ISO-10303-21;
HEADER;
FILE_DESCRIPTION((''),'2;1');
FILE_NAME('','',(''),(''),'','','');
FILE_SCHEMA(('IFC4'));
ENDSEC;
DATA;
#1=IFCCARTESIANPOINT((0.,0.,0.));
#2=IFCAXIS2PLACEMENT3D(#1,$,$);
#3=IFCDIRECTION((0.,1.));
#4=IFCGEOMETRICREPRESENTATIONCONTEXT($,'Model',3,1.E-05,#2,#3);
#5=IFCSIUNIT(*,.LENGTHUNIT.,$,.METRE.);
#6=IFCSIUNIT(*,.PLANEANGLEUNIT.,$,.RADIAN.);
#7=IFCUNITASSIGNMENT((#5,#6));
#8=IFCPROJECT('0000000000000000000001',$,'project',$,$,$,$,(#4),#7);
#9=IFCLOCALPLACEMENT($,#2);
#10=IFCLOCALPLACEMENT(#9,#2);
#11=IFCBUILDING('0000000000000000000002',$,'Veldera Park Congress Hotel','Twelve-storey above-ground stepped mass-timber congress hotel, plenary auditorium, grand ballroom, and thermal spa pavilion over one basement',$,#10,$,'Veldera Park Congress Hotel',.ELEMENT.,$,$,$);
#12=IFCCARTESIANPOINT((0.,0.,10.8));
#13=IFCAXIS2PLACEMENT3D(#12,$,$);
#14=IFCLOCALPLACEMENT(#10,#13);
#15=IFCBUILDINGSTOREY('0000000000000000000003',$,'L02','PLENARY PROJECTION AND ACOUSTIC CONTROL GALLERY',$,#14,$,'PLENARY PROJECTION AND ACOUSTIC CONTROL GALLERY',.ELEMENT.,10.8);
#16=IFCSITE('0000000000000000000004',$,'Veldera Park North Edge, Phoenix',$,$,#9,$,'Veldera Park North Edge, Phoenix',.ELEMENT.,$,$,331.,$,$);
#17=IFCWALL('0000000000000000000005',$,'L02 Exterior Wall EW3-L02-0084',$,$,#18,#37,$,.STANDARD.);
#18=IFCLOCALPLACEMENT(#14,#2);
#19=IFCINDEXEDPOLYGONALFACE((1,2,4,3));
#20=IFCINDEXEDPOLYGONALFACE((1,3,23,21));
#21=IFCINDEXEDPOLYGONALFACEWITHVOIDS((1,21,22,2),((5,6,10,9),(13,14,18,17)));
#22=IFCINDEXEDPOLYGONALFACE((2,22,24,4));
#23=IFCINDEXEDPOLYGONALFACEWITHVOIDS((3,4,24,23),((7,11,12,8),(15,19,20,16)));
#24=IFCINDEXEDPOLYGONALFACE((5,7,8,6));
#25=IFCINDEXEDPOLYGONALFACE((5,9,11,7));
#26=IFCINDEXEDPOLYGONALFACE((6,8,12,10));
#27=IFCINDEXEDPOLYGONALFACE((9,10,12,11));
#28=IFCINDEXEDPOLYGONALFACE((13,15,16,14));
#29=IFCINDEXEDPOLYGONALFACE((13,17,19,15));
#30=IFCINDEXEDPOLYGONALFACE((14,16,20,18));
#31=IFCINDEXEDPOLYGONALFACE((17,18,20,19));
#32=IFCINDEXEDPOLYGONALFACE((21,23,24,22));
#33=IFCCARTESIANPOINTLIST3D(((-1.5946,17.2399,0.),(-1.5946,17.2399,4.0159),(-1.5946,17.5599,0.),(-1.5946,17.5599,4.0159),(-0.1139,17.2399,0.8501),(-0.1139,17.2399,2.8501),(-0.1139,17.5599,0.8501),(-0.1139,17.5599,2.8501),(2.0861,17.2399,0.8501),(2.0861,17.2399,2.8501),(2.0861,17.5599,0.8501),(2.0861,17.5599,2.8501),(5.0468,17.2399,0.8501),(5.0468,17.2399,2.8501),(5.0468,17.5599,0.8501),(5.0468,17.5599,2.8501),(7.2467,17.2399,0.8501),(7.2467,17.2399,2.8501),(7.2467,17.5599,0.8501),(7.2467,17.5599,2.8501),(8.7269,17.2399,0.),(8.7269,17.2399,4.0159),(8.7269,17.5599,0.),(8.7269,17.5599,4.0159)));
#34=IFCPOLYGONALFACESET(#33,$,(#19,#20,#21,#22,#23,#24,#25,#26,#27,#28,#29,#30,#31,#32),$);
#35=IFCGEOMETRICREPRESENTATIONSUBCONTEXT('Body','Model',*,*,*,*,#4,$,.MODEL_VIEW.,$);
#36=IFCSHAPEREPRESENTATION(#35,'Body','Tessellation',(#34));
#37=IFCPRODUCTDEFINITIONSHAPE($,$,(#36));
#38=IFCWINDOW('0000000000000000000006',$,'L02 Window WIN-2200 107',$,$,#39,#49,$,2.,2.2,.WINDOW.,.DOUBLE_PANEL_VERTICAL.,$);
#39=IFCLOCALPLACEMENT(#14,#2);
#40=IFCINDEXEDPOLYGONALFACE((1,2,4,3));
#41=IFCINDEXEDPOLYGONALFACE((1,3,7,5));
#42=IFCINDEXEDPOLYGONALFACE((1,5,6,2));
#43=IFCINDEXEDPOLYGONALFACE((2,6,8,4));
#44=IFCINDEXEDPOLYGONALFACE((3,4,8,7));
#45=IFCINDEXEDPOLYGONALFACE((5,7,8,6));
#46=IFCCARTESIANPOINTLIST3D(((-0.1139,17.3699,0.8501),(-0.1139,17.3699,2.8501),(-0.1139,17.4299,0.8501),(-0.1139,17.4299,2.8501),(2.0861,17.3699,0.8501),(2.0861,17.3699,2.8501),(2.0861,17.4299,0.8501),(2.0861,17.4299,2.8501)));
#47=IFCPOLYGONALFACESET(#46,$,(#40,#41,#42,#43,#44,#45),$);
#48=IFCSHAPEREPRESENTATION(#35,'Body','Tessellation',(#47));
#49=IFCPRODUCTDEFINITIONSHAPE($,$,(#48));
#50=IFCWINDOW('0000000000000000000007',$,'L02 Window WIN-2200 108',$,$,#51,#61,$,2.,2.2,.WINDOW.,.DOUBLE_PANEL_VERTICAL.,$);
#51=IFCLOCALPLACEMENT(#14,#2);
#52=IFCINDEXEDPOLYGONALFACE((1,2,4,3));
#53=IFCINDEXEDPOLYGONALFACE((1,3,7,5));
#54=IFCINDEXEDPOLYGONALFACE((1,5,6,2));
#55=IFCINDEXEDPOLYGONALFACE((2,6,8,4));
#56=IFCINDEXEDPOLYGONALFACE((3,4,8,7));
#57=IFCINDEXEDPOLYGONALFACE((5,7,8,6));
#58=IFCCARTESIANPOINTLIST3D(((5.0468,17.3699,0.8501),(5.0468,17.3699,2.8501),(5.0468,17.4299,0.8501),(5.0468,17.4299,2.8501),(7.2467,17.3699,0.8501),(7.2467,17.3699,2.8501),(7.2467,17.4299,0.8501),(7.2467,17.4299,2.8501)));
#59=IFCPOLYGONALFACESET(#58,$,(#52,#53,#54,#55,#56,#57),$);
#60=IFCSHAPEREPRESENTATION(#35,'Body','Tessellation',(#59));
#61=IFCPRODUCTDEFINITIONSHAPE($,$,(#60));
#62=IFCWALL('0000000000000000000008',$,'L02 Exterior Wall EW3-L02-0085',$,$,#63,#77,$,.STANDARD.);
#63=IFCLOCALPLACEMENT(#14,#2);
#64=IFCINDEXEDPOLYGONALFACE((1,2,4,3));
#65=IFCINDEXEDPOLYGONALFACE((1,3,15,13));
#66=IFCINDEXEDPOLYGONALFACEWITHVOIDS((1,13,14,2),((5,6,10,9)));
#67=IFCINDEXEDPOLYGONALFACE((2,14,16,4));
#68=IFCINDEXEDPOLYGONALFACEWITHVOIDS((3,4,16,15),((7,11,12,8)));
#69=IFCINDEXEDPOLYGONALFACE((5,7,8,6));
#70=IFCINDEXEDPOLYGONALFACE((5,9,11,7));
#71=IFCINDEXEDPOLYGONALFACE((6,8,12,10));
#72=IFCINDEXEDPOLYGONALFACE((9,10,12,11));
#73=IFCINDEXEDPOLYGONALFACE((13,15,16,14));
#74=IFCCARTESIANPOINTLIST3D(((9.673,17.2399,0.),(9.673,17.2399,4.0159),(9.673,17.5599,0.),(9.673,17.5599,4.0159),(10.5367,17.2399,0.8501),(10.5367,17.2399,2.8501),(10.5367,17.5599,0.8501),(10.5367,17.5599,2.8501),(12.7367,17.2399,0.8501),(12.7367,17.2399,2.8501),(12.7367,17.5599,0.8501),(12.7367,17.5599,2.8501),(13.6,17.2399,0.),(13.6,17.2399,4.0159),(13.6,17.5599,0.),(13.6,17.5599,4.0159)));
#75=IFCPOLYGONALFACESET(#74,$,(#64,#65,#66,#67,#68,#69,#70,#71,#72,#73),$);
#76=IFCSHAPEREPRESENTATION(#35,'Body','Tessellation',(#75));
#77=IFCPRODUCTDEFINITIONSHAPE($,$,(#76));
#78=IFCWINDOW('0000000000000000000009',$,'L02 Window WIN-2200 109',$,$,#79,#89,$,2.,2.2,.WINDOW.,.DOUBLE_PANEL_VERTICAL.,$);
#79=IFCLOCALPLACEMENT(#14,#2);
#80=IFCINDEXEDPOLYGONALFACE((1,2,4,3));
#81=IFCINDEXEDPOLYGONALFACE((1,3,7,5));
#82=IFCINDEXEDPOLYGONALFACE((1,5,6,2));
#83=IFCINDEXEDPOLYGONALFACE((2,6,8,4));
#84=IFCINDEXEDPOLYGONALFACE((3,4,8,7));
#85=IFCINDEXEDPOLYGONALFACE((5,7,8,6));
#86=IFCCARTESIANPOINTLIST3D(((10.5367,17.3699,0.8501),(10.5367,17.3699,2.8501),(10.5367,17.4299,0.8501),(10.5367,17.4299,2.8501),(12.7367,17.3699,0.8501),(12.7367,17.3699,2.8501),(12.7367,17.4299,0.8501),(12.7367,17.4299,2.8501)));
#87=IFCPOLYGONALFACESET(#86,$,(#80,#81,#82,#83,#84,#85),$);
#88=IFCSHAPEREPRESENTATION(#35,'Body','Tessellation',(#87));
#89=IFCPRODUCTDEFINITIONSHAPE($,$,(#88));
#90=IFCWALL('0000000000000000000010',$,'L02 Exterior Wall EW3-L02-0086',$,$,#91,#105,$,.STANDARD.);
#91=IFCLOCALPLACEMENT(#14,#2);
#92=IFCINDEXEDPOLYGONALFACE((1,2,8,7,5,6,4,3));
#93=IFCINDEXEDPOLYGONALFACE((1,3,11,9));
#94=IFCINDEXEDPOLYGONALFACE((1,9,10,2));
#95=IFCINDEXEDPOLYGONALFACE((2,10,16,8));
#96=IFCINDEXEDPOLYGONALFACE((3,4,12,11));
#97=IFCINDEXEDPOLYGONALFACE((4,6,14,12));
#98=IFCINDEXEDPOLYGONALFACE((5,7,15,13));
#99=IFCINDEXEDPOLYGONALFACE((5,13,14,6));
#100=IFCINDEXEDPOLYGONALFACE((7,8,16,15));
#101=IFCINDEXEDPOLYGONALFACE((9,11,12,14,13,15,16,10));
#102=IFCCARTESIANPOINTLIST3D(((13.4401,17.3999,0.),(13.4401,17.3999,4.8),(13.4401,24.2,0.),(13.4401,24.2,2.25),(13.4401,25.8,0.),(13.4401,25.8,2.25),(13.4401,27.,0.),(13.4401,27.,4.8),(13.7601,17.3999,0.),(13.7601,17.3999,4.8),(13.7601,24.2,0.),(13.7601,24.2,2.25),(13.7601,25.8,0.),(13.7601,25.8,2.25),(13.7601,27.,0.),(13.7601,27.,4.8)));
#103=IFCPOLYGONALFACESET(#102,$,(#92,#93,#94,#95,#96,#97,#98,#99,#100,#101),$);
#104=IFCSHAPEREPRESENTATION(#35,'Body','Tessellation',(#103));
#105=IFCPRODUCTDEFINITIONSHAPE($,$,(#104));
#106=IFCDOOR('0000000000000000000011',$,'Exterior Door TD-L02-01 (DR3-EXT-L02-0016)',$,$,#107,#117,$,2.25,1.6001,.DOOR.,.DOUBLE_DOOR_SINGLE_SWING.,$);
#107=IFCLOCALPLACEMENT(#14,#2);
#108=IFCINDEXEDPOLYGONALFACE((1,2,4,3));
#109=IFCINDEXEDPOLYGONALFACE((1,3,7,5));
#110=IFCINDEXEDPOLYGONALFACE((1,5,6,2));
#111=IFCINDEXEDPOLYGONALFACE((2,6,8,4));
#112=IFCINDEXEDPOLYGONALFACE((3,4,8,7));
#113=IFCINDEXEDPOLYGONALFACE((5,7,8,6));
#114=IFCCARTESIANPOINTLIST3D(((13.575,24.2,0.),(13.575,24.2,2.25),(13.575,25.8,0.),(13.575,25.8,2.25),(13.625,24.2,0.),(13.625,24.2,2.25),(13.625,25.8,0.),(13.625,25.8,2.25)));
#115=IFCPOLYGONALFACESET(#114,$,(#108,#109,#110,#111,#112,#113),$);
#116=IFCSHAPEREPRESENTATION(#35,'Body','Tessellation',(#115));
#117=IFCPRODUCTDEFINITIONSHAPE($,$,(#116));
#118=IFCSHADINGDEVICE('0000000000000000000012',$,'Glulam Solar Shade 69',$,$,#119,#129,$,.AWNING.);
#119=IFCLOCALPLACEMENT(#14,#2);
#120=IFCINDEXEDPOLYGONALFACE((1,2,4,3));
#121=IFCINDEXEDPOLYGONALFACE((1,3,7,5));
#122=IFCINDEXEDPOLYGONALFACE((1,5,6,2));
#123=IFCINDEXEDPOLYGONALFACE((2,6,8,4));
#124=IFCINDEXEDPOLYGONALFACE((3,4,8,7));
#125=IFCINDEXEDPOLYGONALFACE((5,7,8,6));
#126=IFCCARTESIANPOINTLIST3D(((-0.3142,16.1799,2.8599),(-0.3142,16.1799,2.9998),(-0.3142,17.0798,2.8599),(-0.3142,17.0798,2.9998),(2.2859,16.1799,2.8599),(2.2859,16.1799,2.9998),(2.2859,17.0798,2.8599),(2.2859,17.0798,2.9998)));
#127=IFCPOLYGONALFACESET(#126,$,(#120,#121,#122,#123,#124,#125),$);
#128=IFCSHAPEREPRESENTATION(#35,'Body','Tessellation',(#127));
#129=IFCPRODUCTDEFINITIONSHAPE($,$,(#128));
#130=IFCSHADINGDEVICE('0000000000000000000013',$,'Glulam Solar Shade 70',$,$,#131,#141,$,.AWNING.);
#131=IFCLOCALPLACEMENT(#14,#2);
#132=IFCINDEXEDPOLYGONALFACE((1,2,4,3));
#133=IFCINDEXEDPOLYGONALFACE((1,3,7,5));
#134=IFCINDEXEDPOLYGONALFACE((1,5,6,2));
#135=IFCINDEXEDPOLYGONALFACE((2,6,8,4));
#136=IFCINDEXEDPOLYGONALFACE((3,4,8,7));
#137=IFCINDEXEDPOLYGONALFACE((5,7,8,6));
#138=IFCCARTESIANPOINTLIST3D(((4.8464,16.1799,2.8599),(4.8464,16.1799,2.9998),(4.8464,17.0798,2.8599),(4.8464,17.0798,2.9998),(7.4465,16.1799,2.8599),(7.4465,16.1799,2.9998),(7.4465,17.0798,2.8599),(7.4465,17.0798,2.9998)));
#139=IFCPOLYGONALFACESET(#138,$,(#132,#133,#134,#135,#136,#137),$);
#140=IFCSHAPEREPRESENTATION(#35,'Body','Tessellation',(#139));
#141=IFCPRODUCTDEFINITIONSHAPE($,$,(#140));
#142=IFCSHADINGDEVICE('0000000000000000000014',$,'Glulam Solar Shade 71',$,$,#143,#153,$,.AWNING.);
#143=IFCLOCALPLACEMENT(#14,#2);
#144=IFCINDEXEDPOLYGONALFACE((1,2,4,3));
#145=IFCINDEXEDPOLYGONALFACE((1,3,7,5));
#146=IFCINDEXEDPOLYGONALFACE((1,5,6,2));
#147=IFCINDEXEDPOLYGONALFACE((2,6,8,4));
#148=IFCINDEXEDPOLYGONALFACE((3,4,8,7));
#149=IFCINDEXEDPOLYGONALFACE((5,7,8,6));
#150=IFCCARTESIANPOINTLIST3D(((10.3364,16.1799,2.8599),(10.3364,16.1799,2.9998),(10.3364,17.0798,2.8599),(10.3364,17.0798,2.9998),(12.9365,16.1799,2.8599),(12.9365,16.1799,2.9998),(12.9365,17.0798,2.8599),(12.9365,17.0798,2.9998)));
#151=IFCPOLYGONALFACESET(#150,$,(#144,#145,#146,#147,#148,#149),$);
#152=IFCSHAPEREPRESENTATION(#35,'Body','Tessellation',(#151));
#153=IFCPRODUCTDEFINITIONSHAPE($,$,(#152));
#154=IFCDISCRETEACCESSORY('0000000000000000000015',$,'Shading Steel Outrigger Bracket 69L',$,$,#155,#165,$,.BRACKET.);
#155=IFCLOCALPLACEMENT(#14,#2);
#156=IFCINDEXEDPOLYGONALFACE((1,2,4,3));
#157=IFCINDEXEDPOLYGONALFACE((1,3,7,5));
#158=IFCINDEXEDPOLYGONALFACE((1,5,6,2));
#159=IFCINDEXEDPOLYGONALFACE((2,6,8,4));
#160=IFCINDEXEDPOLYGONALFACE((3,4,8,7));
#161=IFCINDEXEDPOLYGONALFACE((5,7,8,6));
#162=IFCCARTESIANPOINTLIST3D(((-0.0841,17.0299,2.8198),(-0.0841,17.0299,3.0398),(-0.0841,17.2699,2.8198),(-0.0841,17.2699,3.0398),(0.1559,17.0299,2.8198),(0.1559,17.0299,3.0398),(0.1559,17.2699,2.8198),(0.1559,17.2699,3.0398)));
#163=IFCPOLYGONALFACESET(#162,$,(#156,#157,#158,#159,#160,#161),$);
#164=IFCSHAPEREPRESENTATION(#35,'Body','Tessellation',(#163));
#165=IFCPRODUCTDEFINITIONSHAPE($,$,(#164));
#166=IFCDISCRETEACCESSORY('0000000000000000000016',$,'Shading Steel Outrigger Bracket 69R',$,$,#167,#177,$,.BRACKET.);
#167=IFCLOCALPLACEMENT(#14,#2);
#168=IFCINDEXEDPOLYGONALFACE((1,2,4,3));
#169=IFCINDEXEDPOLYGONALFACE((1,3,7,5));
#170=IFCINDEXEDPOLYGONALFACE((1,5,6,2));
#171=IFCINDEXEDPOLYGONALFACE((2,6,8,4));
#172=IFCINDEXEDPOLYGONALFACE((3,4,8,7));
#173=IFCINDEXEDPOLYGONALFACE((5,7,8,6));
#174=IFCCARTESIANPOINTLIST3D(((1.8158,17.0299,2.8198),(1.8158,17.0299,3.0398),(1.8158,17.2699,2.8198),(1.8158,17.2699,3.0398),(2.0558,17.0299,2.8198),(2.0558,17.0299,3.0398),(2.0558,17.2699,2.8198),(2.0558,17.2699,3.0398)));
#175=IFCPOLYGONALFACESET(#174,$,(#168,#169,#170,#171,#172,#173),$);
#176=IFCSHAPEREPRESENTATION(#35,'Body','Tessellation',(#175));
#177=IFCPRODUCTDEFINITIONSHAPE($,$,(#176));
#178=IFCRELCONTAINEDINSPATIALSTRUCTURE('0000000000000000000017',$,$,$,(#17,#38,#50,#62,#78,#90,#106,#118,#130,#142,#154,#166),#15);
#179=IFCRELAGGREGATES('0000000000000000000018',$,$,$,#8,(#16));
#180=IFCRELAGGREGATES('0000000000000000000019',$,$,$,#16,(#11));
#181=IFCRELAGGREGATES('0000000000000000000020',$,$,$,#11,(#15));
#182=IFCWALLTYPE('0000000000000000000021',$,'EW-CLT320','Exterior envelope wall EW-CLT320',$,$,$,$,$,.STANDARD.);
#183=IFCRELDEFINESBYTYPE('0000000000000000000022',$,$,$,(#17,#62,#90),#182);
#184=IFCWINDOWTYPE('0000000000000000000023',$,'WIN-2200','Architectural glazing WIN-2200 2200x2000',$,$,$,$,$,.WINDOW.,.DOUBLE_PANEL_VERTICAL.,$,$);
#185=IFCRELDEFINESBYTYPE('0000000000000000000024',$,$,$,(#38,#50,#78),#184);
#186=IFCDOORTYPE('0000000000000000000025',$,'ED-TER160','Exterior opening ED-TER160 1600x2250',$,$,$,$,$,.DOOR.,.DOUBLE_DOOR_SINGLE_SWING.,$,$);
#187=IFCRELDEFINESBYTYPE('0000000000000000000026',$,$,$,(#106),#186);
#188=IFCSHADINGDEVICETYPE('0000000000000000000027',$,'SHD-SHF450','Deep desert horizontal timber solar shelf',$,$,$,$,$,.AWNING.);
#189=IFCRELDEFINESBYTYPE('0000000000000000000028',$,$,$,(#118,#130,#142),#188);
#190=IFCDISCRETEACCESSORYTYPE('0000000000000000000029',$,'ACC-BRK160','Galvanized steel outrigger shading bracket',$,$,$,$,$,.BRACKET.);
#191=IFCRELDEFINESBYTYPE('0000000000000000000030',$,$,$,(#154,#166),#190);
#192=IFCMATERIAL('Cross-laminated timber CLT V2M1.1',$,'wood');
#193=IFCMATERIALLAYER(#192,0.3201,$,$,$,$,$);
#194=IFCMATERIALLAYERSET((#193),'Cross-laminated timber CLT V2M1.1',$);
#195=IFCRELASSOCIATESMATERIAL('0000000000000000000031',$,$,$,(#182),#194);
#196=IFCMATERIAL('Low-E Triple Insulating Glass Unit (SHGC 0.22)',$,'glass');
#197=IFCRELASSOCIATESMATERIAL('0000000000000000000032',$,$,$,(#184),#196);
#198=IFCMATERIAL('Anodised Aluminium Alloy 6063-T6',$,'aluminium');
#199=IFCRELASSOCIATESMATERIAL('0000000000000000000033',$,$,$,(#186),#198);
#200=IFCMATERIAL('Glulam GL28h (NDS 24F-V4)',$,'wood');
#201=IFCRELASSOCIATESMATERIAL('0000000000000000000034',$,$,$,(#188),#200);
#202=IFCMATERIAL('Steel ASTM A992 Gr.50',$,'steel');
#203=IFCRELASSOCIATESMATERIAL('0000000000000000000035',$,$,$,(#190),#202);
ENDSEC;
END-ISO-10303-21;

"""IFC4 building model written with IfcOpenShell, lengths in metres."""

from ifc_helpers import new_model, si_unit, direction, frame, frame_2d, origin, origin_2d, place, context, subcontext, project, spatial, rectangle, extrude, material, layer, layer_set, type_object, element, fill, save


model = new_model("IFC4")

# Units and contexts
model_context = context("Model", 3, precision=1e-05, world=origin(), true_north=direction((0.0, 1.0)))
body_context = subcontext(model_context, "Body", "Model", "MODEL_VIEW")
ifc_project = project(units=[si_unit("LENGTHUNIT", "METRE"), si_unit("PLANEANGLEUNIT", "RADIAN")], contexts=[model_context])

# Site, building, storey
site_placement = place(None, origin())
site = spatial("IfcSite", under=ifc_project, at=site_placement, Name="Veldera Park North Edge, Phoenix", LongName="Veldera Park North Edge, Phoenix", CompositionType="ELEMENT", RefElevation=331.0)
building_placement = place(site_placement, origin())
building = spatial("IfcBuilding", under=site, at=building_placement, Name="Veldera Park Congress Hotel", Description="Twelve-storey above-ground stepped mass-timber congress hotel, plenary auditorium, grand ballroom, and thermal spa pavilion over one basement", LongName="Veldera Park Congress Hotel", CompositionType="ELEMENT")
storey_placement = place(building_placement, frame((0.0, 0.0, 10.8)))
storey = spatial("IfcBuildingStorey", under=building, at=storey_placement, Name="L02", Description="PLENARY PROJECTION AND ACOUSTIC CONTROL GALLERY", LongName="PLENARY PROJECTION AND ACOUSTIC CONTROL GALLERY", CompositionType="ELEMENT", Elevation=10.8)

# Shared definitions
ifc_material_1 = material(Name="Steel ASTM A992 Gr.50", Category="steel")

# Shared definitions
ifc_material_2 = material(Name="Low-E Triple Insulating Glass Unit (SHGC 0.22)", Category="glass")
ifc_material_3 = material(Name="Anodised Aluminium Alloy 6063-T6", Category="aluminium")

# Wall, openings, windows
ifc_material_4 = material(Name="Cross-laminated timber CLT V2M1.1", Category="wood")
ifc_layer_1 = layer(ifc_material_4, 0.3201)
ifc_layer_set_1 = layer_set([ifc_layer_1], Name="Cross-laminated timber CLT V2M1.1")
wall_type = type_object("IfcWallType", Name="EW-CLT320", Description="Exterior envelope wall EW-CLT320", PredefinedType="STANDARD", material=ifc_layer_set_1)
wall_1_placement = place(storey_placement, frame((-1.5945, 17.3999, 0.0), z_axis=(0.0, 0.0, 1.0), x_axis=(1.0, 0.0, 0.0)))
wall_1 = element("IfcWall", 1, at=wall_1_placement, inside=storey, type_object=wall_type, Name="L02 Exterior Wall EW3-L02-0084", PredefinedType="STANDARD", context=body_context, shape_type="SweptSolid", body=[
    extrude(rectangle(XDim=10.3215, YDim=0.3201, at=frame_2d((5.1606, 0.0))), origin(), (0.0, 0.0, 1.0), 4.0159),
])
opening_1_placement = place(wall_1_placement, frame((1.4805, 0.0, 0.8501)))
opening_1 = element("IfcOpeningElement", 2, at=opening_1_placement, cuts=wall_1, PredefinedType="OPENING", context=body_context, shape_type="SweptSolid", body=[
    extrude(rectangle(XDim=2.2, YDim=2.0, at=frame_2d((1.1001, 1.0))), frame((0.0, 0.1721, 0.0), z_axis=(0.0, -1.0, 0.0), x_axis=(1.0, 0.0, 0.0)), (0.0, 0.0, 1.0), 0.344),
])
opening_2_placement = place(wall_1_placement, frame((6.6411, 0.0, 0.8501)))
opening_2 = element("IfcOpeningElement", 3, at=opening_2_placement, cuts=wall_1, PredefinedType="OPENING", context=body_context, shape_type="SweptSolid", body=[
    extrude(rectangle(XDim=2.2, YDim=2.0, at=frame_2d((1.1001, 1.0))), frame((0.0, 0.1721, 0.0), z_axis=(0.0, -1.0, 0.0), x_axis=(1.0, 0.0, 0.0)), (0.0, 0.0, 1.0), 0.344),
])
window_type = type_object("IfcWindowType", Name="WIN-2200", Description="Architectural glazing WIN-2200 2200x2000", PartitioningType="DOUBLE_PANEL_VERTICAL", PredefinedType="WINDOW", material=ifc_material_2)
window_1_placement = place(opening_1_placement, origin())
window_1 = element("IfcWindow", 4, at=window_1_placement, inside=storey, type_object=window_type, Name="L02 Window WIN-2200 107", OverallHeight=2.0, OverallWidth=2.2, PartitioningType="DOUBLE_PANEL_VERTICAL", PredefinedType="WINDOW", context=body_context, shape_type="SweptSolid", body=[
    extrude(rectangle(XDim=2.2, YDim=2.0, at=frame_2d((1.1001, 1.0))), frame((0.0, 0.03, 0.0), z_axis=(0.0, -1.0, 0.0), x_axis=(1.0, 0.0, 0.0)), (0.0, 0.0, 1.0), 0.0601),
])
fill(opening_1, window_1)
window_2_placement = place(opening_2_placement, origin())
window_2 = element("IfcWindow", 5, at=window_2_placement, inside=storey, type_object=window_type, Name="L02 Window WIN-2200 108", OverallHeight=2.0, OverallWidth=2.2, PartitioningType="DOUBLE_PANEL_VERTICAL", PredefinedType="WINDOW", context=body_context, shape_type="SweptSolid", body=[
    extrude(rectangle(XDim=2.2, YDim=2.0, at=frame_2d((1.1001, 1.0))), frame((0.0, 0.03, 0.0), z_axis=(0.0, -1.0, 0.0), x_axis=(1.0, 0.0, 0.0)), (0.0, 0.0, 1.0), 0.0601),
])
fill(opening_2, window_2)

# Wall, opening, window
wall_2_placement = place(storey_placement, frame((9.6731, 17.3999, 0.0), z_axis=(0.0, 0.0, 1.0), x_axis=(1.0, 0.0, 0.0)))
wall_2 = element("IfcWall", 6, at=wall_2_placement, inside=storey, type_object=wall_type, Name="L02 Exterior Wall EW3-L02-0085", PredefinedType="STANDARD", context=body_context, shape_type="SweptSolid", body=[
    extrude(rectangle(XDim=3.927, YDim=0.3201, at=frame_2d((1.9634, 0.0))), origin(), (0.0, 0.0, 1.0), 4.0159),
])
opening_3_placement = place(wall_2_placement, frame((0.8635, 0.0, 0.8501)))
opening_3 = element("IfcOpeningElement", 7, at=opening_3_placement, cuts=wall_2, PredefinedType="OPENING", context=body_context, shape_type="SweptSolid", body=[
    extrude(rectangle(XDim=2.2, YDim=2.0, at=frame_2d((1.1001, 1.0))), frame((0.0, 0.1721, 0.0), z_axis=(0.0, -1.0, 0.0), x_axis=(1.0, 0.0, 0.0)), (0.0, 0.0, 1.0), 0.344),
])
window_3_placement = place(opening_3_placement, origin())
window_3 = element("IfcWindow", 8, at=window_3_placement, inside=storey, type_object=window_type, Name="L02 Window WIN-2200 109", OverallHeight=2.0, OverallWidth=2.2, PartitioningType="DOUBLE_PANEL_VERTICAL", PredefinedType="WINDOW", context=body_context, shape_type="SweptSolid", body=[
    extrude(rectangle(XDim=2.2, YDim=2.0, at=frame_2d((1.1001, 1.0))), frame((0.0, 0.03, 0.0), z_axis=(0.0, -1.0, 0.0), x_axis=(1.0, 0.0, 0.0)), (0.0, 0.0, 1.0), 0.0601),
])
fill(opening_3, window_3)

# Wall, opening, door
wall_3_placement = place(storey_placement, frame((13.6001, 17.3999, 0.0), z_axis=(0.0, 0.0, 1.0), x_axis=(0.0, 1.0, 0.0)))
wall_3 = element("IfcWall", 9, at=wall_3_placement, inside=storey, type_object=wall_type, Name="L02 Exterior Wall EW3-L02-0086", PredefinedType="STANDARD", context=body_context, shape_type="SweptSolid", body=[
    extrude(rectangle(XDim=9.6001, YDim=0.3201, at=frame_2d((4.8, 0.0))), origin(), (0.0, 0.0, 1.0), 4.8),
])
opening_4_placement = place(wall_3_placement, frame((6.8, 0.0, 0.0)))
opening_4 = element("IfcOpeningElement", 10, at=opening_4_placement, cuts=wall_3, PredefinedType="OPENING", context=body_context, shape_type="SweptSolid", body=[
    extrude(rectangle(XDim=1.6001, YDim=2.25, at=frame_2d((0.8, 1.125))), frame((0.0, 0.1721, 0.0), z_axis=(0.0, -1.0, 0.0), x_axis=(1.0, 0.0, 0.0)), (0.0, 0.0, 1.0), 0.344),
])
door_type = type_object("IfcDoorType", Name="ED-TER160", Description="Exterior opening ED-TER160 1600x2250", OperationType="DOUBLE_DOOR_SINGLE_SWING", PredefinedType="DOOR", material=ifc_material_3)
door_placement = place(opening_4_placement, frame((1.6001, 0.0, 0.0), z_axis=(0.0, 0.0, 1.0), x_axis=(-1.0, 0.0, 0.0)))
door = element("IfcDoor", 11, at=door_placement, inside=storey, type_object=door_type, Name="Exterior Door TD-L02-01 (DR3-EXT-L02-0016)", OperationType="DOUBLE_DOOR_SINGLE_SWING", OverallHeight=2.25, OverallWidth=1.6001, PredefinedType="DOOR", context=body_context, shape_type="SweptSolid", body=[
    extrude(rectangle(XDim=1.6001, YDim=2.25, at=frame_2d((0.8, 1.125))), frame((0.0, 0.0249, 0.0), z_axis=(0.0, -1.0, 0.0), x_axis=(1.0, 0.0, 0.0)), (0.0, 0.0, 1.0), 0.05),
])
fill(opening_4, door)

# Shading devices
ifc_material_5 = material(Name="Glulam GL28h (NDS 24F-V4)", Category="wood")
shading_device_type = type_object("IfcShadingDeviceType", Name="SHD-SHF450", Description="Deep desert horizontal timber solar shelf", PredefinedType="AWNING", material=ifc_material_5)
for number, where, z_axis, x_axis, name in (
    (12, (0.9858, 16.6299, 2.8599), (0.0, 0.0, 1.0), (1.0, 0.0, 0.0), "Glulam Solar Shade 69"),
    (13, (6.1465, 16.6299, 2.8599), (0.0, 0.0, 1.0), (1.0, 0.0, 0.0), "Glulam Solar Shade 70"),
    (14, (11.6365, 16.6299, 2.8599), (0.0, 0.0, 1.0), (1.0, 0.0, 0.0), "Glulam Solar Shade 71"),
):
    element("IfcShadingDevice", number, at=place(storey_placement, frame(where, z_axis=z_axis, x_axis=x_axis)), inside=storey, type_object=shading_device_type, Name=name, PredefinedType="AWNING", context=body_context, shape_type="SweptSolid", body=[
        extrude(rectangle(XDim=2.6001, YDim=0.8999, at=origin_2d()), origin(), (0.0, 0.0, 1.0), 0.1399),
    ])

# Discrete accessories
discrete_accessory_type = type_object("IfcDiscreteAccessoryType", Name="ACC-BRK160", Description="Galvanized steel outrigger shading bracket", PredefinedType="BRACKET", material=ifc_material_1)
for number, where, z_axis, x_axis, name in (
    (15, (0.0359, 17.1499, 2.8198), (0.0, 0.0, 1.0), (1.0, 0.0, 0.0), "Shading Steel Outrigger Bracket 69L"),
    (16, (1.9358, 17.1499, 2.8198), (0.0, 0.0, 1.0), (1.0, 0.0, 0.0), "Shading Steel Outrigger Bracket 69R"),
):
    element("IfcDiscreteAccessory", number, at=place(storey_placement, frame(where, z_axis=z_axis, x_axis=x_axis)), inside=storey, type_object=discrete_accessory_type, Name=name, PredefinedType="BRACKET", context=body_context, shape_type="SweptSolid", body=[
        extrude(rectangle(XDim=0.24, YDim=0.24, at=origin_2d()), origin(), (0.0, 0.0, 1.0), 0.22),
    ])

save(model, "model.ifc")
